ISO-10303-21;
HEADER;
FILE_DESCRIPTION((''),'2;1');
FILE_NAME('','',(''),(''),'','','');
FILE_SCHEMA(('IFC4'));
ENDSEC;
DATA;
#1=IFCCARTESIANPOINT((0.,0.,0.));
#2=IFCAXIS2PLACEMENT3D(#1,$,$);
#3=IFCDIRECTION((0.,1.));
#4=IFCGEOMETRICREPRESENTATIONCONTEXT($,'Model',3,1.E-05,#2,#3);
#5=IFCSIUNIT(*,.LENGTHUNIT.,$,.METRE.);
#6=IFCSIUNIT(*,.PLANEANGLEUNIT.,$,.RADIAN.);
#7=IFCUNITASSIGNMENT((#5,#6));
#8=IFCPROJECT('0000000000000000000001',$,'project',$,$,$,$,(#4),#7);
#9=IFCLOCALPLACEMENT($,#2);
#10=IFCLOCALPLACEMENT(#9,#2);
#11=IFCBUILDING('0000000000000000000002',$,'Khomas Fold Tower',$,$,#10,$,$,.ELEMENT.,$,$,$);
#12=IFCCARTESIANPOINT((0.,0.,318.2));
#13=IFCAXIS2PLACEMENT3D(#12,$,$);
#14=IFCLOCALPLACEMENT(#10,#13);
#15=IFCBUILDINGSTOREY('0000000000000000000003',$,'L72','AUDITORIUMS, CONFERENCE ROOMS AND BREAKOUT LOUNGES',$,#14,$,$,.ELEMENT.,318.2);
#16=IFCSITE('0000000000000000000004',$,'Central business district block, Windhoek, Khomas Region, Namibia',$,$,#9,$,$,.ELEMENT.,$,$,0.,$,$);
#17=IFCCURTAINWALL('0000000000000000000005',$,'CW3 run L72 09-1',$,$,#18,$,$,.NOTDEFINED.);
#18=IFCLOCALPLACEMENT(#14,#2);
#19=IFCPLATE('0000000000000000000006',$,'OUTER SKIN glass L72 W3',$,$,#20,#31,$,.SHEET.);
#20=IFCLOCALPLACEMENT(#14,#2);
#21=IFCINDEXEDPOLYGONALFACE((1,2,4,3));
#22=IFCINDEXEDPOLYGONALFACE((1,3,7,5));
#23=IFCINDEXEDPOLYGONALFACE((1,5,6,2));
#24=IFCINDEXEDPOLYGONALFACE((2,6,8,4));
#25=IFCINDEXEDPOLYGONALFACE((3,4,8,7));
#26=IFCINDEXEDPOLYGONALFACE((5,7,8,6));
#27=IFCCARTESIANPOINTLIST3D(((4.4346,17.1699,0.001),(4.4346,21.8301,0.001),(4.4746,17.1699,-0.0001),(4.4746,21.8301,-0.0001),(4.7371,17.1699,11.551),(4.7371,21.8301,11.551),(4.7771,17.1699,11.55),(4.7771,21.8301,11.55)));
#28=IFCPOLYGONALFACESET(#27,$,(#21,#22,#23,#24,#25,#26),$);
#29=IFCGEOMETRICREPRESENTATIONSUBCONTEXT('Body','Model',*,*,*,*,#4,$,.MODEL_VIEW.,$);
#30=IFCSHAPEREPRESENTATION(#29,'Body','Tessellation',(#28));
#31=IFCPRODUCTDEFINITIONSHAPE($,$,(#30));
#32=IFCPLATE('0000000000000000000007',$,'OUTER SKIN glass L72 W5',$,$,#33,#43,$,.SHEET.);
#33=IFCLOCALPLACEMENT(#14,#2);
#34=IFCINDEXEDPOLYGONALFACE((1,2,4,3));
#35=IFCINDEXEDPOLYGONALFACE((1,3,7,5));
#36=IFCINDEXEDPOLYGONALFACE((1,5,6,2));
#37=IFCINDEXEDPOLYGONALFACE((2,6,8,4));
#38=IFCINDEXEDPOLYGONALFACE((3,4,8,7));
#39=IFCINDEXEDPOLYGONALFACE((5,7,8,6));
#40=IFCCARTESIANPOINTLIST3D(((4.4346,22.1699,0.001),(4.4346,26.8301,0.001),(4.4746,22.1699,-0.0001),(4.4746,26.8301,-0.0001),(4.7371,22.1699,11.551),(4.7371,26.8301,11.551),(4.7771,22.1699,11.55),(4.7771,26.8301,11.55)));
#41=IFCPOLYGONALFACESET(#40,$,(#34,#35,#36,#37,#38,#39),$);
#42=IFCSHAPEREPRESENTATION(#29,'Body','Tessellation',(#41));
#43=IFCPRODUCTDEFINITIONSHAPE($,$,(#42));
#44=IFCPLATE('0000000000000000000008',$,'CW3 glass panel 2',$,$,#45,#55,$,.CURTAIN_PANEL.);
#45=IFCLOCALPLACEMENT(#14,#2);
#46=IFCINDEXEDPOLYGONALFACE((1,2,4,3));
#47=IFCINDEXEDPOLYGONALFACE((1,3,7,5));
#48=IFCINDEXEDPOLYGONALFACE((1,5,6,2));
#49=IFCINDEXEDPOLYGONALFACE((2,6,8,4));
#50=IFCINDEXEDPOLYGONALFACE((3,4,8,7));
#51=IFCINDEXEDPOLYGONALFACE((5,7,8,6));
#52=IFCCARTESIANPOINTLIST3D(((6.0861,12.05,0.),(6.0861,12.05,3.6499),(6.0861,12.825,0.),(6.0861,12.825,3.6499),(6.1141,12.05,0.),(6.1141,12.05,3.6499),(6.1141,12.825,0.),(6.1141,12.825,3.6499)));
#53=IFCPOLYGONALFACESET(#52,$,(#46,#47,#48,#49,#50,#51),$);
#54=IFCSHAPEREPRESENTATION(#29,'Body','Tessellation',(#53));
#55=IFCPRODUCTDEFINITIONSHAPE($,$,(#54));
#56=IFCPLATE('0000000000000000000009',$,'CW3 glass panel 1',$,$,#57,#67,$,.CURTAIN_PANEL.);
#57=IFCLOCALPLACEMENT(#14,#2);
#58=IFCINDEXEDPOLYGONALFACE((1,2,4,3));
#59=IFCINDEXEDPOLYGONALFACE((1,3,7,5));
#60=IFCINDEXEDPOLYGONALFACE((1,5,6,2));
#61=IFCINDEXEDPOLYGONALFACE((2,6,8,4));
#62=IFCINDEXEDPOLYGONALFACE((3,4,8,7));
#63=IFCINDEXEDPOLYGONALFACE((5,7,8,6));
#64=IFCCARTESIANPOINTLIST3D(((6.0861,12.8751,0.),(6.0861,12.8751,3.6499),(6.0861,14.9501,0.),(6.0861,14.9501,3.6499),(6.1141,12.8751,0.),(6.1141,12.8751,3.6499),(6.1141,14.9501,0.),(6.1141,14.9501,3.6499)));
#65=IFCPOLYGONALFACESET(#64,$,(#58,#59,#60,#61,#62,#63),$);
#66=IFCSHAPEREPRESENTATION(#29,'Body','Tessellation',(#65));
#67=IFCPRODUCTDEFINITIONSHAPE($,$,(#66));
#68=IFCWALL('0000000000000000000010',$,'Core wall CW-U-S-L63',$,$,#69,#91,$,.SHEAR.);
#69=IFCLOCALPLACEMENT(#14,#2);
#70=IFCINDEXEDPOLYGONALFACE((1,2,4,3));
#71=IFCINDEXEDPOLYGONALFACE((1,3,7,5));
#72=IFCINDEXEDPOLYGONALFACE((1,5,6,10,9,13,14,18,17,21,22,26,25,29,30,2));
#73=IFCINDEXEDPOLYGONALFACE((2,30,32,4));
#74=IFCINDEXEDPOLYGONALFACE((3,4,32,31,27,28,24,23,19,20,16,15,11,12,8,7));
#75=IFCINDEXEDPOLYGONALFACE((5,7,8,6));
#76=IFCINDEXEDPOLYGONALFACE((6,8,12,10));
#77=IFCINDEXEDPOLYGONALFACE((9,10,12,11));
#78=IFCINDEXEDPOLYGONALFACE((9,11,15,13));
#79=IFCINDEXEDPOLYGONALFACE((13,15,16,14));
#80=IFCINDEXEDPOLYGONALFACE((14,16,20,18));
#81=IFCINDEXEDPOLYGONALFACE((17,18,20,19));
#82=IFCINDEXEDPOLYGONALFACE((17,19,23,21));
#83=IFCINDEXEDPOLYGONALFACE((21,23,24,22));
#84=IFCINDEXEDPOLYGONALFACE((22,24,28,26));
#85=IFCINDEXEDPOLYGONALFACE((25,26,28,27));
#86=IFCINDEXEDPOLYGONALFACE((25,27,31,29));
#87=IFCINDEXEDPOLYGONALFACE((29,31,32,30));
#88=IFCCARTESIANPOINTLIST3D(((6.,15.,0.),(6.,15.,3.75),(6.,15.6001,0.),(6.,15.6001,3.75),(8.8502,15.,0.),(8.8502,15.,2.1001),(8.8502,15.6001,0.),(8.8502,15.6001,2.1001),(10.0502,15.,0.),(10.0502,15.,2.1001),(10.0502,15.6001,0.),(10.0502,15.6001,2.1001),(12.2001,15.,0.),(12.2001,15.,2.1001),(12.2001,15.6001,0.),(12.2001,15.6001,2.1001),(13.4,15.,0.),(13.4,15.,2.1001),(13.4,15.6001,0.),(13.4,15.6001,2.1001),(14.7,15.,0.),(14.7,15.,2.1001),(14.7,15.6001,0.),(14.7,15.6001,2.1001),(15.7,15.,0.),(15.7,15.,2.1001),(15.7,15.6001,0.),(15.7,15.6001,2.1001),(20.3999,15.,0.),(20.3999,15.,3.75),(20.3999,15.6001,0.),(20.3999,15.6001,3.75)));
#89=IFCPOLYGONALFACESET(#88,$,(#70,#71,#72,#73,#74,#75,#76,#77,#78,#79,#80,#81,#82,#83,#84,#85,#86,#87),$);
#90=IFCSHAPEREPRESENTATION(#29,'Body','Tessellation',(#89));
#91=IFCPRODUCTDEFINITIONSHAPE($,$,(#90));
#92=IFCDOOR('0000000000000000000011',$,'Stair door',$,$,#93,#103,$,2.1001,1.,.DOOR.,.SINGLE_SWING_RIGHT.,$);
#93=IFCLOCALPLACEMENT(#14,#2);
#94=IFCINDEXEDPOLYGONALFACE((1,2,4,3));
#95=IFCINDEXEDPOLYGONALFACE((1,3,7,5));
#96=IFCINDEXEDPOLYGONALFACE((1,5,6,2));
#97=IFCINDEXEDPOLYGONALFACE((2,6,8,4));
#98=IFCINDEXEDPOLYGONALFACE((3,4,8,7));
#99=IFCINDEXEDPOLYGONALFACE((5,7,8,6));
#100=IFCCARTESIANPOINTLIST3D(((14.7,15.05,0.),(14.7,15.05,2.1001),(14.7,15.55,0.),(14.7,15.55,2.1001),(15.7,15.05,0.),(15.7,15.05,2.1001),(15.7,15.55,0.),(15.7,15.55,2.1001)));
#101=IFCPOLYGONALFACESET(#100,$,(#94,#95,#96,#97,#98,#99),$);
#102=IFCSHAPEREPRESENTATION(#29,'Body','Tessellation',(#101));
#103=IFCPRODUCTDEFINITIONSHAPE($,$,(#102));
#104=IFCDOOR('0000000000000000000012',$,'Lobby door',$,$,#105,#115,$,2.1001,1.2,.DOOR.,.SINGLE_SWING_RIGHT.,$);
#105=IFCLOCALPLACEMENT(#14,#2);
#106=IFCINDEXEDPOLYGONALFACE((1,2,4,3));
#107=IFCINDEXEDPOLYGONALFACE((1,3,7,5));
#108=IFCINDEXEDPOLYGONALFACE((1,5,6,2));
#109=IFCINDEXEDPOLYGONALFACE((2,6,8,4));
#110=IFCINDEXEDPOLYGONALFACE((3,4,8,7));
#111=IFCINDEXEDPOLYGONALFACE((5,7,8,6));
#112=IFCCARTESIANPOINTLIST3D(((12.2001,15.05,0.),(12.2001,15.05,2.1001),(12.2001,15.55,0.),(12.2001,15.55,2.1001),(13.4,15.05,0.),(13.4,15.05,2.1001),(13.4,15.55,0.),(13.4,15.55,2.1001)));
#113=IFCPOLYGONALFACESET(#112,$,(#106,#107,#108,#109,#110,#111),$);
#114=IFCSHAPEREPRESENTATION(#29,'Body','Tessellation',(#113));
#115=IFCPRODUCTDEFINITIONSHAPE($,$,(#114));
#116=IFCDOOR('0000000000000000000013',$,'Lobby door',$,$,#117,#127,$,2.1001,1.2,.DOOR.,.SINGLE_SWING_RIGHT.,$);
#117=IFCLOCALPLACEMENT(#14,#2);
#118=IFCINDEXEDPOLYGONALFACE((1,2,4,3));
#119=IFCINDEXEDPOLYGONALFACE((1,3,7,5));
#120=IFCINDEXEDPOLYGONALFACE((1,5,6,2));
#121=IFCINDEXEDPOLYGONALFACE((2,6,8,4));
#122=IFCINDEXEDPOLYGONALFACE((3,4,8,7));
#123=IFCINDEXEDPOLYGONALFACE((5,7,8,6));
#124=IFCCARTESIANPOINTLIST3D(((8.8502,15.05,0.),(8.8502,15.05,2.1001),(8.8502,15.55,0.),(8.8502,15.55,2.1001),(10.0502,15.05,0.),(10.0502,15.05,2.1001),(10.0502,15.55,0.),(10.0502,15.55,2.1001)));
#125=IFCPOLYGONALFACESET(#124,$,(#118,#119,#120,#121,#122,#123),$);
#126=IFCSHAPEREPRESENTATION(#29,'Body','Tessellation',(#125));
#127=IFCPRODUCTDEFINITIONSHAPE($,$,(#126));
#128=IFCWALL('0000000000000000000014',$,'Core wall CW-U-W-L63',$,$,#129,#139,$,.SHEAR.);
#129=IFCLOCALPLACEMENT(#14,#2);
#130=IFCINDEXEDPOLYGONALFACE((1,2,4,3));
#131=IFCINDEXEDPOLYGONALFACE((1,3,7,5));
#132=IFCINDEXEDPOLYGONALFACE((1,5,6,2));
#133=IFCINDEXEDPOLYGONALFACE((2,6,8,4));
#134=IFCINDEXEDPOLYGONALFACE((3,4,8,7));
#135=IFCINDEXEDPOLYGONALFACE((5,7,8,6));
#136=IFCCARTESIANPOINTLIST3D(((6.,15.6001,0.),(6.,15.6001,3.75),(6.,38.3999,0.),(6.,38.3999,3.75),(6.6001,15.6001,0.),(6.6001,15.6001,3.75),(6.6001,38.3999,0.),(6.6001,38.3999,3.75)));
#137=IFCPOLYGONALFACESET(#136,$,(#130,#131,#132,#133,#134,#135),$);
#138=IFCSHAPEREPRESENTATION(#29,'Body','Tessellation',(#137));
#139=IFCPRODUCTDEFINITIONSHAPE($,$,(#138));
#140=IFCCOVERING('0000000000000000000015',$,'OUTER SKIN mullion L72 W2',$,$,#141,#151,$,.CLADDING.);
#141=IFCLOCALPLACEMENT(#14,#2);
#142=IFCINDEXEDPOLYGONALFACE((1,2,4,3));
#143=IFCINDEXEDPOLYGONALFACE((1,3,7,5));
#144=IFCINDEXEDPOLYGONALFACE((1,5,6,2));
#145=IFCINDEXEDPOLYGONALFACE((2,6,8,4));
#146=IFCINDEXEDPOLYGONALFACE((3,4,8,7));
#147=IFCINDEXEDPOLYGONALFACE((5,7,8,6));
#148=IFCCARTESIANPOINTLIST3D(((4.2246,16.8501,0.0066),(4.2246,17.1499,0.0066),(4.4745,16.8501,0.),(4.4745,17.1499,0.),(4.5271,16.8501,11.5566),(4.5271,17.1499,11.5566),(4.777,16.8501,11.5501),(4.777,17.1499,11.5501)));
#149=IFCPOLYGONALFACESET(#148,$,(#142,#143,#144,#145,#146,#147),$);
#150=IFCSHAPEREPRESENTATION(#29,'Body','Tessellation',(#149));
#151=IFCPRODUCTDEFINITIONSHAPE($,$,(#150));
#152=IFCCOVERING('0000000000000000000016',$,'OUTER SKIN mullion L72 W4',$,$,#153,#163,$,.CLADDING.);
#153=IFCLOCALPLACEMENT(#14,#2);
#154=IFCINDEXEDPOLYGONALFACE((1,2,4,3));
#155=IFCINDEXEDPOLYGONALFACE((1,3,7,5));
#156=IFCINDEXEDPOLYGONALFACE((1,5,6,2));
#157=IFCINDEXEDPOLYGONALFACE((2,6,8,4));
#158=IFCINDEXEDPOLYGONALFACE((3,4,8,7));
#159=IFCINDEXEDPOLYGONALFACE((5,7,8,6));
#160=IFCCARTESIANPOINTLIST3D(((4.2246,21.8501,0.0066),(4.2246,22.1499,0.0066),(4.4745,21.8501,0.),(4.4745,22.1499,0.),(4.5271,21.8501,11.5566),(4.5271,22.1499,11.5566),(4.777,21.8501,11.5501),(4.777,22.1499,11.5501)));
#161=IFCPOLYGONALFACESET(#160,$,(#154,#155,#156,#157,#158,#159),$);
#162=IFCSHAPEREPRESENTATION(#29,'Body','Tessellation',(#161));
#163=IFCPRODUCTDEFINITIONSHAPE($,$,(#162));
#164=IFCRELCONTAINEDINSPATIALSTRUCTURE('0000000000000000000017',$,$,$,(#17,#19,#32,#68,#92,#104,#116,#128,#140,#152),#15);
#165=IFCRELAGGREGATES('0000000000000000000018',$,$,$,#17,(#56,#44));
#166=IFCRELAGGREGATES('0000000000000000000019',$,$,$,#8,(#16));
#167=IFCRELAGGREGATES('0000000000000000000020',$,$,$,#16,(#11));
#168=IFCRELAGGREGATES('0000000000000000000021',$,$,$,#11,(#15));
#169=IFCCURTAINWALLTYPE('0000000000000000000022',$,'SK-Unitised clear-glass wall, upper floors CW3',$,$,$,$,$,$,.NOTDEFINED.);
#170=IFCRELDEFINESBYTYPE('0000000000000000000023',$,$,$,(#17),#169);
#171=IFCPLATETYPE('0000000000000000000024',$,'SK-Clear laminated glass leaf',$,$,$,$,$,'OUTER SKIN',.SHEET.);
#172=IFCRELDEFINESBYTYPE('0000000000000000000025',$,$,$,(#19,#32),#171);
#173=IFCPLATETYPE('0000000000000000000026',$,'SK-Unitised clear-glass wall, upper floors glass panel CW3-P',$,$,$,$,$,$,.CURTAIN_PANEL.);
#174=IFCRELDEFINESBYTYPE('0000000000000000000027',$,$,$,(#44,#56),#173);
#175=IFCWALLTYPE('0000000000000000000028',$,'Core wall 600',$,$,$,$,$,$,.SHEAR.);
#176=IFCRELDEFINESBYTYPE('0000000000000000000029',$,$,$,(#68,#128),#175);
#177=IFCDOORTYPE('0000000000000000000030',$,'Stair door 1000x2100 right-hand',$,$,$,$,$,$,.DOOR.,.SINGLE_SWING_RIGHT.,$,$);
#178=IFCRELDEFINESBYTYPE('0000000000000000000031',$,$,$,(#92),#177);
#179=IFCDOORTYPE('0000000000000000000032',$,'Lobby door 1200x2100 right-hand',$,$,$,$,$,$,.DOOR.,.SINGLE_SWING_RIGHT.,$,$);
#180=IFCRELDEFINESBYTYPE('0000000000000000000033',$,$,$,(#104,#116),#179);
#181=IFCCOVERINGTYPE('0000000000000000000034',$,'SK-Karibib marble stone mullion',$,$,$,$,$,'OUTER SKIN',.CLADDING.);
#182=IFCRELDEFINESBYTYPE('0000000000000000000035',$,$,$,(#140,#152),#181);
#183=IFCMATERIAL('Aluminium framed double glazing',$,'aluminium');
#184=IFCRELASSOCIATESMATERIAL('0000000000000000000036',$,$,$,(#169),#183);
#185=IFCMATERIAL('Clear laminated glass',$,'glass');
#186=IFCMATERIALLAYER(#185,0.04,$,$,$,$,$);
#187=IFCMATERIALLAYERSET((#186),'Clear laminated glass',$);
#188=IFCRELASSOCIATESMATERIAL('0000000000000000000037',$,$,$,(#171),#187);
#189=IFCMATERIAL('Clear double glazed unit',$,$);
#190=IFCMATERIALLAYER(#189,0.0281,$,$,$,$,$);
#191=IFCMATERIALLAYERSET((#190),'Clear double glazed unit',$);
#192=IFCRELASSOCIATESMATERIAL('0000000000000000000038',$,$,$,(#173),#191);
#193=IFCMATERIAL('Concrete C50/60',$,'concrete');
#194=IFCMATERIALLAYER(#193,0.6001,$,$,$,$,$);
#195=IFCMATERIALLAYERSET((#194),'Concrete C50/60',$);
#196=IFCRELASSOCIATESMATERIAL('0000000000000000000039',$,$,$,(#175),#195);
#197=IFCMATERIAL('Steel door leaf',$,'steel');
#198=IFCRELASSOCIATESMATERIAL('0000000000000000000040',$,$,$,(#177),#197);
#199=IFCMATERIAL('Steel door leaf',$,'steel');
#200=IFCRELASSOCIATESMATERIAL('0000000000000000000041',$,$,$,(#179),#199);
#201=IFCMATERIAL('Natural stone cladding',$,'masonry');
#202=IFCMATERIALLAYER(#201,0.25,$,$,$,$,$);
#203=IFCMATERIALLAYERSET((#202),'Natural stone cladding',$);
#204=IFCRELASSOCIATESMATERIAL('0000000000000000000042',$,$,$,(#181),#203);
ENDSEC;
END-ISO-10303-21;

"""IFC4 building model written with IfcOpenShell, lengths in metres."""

from ifc_helpers import new_model, si_unit, direction, frame, frame_2d, origin, origin_2d, place, context, subcontext, project, spatial, polyline, rectangle, outline, extrude, source, transform, mapped, material, layer, layer_set, type_object, element, fill, aggregate, save


model = new_model("IFC4")

# Units and contexts
model_context = context("Model", 3, precision=1e-05, world=origin(), true_north=direction((0.0, 1.0)))
body_context = subcontext(model_context, "Body", "Model", "MODEL_VIEW")
ifc_project = project(units=[si_unit("LENGTHUNIT", "METRE"), si_unit("PLANEANGLEUNIT", "RADIAN")], contexts=[model_context])

# Site, building, storey
site_placement = place(None, origin())
site = spatial("IfcSite", under=ifc_project, at=site_placement, Name="Central business district block, Windhoek, Khomas Region, Namibia", CompositionType="ELEMENT", RefElevation=0.0)
building_placement = place(site_placement, origin())
building = spatial("IfcBuilding", under=site, at=building_placement, Name="Khomas Fold Tower", CompositionType="ELEMENT")
storey_placement = place(building_placement, frame((0.0, 0.0, 318.2)))
storey = spatial("IfcBuildingStorey", under=building, at=storey_placement, Name="L72", Description="AUDITORIUMS, CONFERENCE ROOMS AND BREAKOUT LOUNGES", CompositionType="ELEMENT", Elevation=318.2)

# Curtain wall
ifc_material_1 = material(Name="Aluminium framed double glazing", Category="aluminium")
curtain_wall_type = type_object("IfcCurtainWallType", Name="SK-Unitised clear-glass wall, upper floors CW3", PredefinedType="NOTDEFINED", material=ifc_material_1)
curtain_wall_1_placement = place(storey_placement, origin())
curtain_wall_1 = element("IfcCurtainWall", 1, at=curtain_wall_1_placement, inside=storey, type_object=curtain_wall_type, Name="CW3 run L72 09-1", PredefinedType="NOTDEFINED")

# Plates
ifc_material_2 = material(Name="Clear laminated glass", Category="glass")
ifc_layer_1 = layer(ifc_material_2, 0.04)
ifc_layer_set_1 = layer_set([ifc_layer_1], Name="Clear laminated glass")
plate_type_1 = type_object("IfcPlateType", Name="SK-Clear laminated glass leaf", ElementType="OUTER SKIN", PredefinedType="SHEET", material=ifc_layer_set_1)
for number, where, z_axis, x_axis, name in (
    (2, (4.4346, 17.1699, 0.001), (-0.999657, 0.0, 0.026181), (0.0, 1.0, 0.0), "OUTER SKIN glass L72 W3"),
    (3, (4.4346, 22.1699, 0.001), (-0.999657, 0.0, 0.026181), (0.0, 1.0, 0.0), "OUTER SKIN glass L72 W5"),
):
    element("IfcPlate", number, at=place(storey_placement, frame(where, z_axis=z_axis, x_axis=x_axis)), inside=storey, type_object=plate_type_1, Name=name, PredefinedType="SHEET", context=body_context, shape_type="SweptSolid", body=[
        extrude(outline(polyline([(0.0, 0.0), (4.6602, 0.0), (4.6602, -11.554), (0.0, -11.554), (0.0, 0.0)])), origin(), (0.0, 0.0, -1.0), 0.04),
    ])

# Plates
ifc_material_3 = material(Name="Clear double glazed unit")
ifc_layer_2 = layer(ifc_material_3, 0.0281)
ifc_layer_set_2 = layer_set([ifc_layer_2], Name="Clear double glazed unit")
plate_type_2 = type_object("IfcPlateType", Name="SK-Unitised clear-glass wall, upper floors glass panel CW3-P", PredefinedType="CURTAIN_PANEL", material=ifc_layer_set_2)
shared_shape_1 = source(origin(), body_context, "Body", "SweptSolid", [
    extrude(rectangle(XDim=0.7749, YDim=0.0281, at=origin_2d()), origin(), (0.0, 0.0, 1.0), 3.6499),
])
plate_1_placement = place(storey_placement, frame((6.1001, 12.4375, 0.0), z_axis=(0.0, 0.0, 1.0), x_axis=(0.0, -1.0, 0.0)))
plate_1 = element("IfcPlate", 4, at=plate_1_placement, type_object=plate_type_2, Name="CW3 glass panel 2", PredefinedType="CURTAIN_PANEL", context=body_context, shape_type="MappedRepresentation", body=[
    mapped(shared_shape_1, transform((0.0, 0.0, 0.0))),
])
shared_shape_2 = source(origin(), body_context, "Body", "SweptSolid", [
    extrude(rectangle(XDim=2.075, YDim=0.0281, at=origin_2d()), origin(), (0.0, 0.0, 1.0), 3.6499),
])
plate_2_placement = place(storey_placement, frame((6.1001, 13.9126, 0.0), z_axis=(0.0, 0.0, 1.0), x_axis=(0.0, -1.0, 0.0)))
plate_2 = element("IfcPlate", 5, at=plate_2_placement, type_object=plate_type_2, Name="CW3 glass panel 1", PredefinedType="CURTAIN_PANEL", context=body_context, shape_type="MappedRepresentation", body=[
    mapped(shared_shape_2, transform((0.0, 0.0, 0.0))),
])
aggregate(curtain_wall_1, [plate_2, plate_1])

# Wall, openings, doors
ifc_material_4 = material(Name="Concrete C50/60", Category="concrete")
ifc_layer_3 = layer(ifc_material_4, 0.6001)
ifc_layer_set_3 = layer_set([ifc_layer_3], Name="Concrete C50/60")
wall_type = type_object("IfcWallType", Name="Core wall 600", PredefinedType="SHEAR", material=ifc_layer_set_3)
shared_shape_3 = source(origin(), body_context, "Body", "SweptSolid", [
    extrude(rectangle(XDim=14.3999, YDim=0.6001, at=frame_2d((7.2, 0.0))), origin(), (0.0, 0.0, 1.0), 3.75),
])
wall_1_placement = place(storey_placement, frame((6.0, 15.3, 0.0), z_axis=(0.0, 0.0, 1.0), x_axis=(1.0, 0.0, 0.0)))
wall_1 = element("IfcWall", 6, at=wall_1_placement, inside=storey, type_object=wall_type, Name="Core wall CW-U-S-L63", PredefinedType="SHEAR", context=body_context, shape_type="MappedRepresentation", body=[
    mapped(shared_shape_3, transform((0.0, 0.0, 0.0))),
])
shared_shape_4 = source(origin(), body_context, "Body", "SweptSolid", [
    extrude(rectangle(XDim=1.2, YDim=2.1001, at=frame_2d((0.6001, 1.05))), frame((0.0, 0.3101, 0.0), z_axis=(0.0, -1.0, 0.0), x_axis=(1.0, 0.0, 0.0)), (0.0, 0.0, 1.0), 0.6201),
])
opening_1_placement = place(wall_1_placement, frame((6.2, 0.0, 0.0)))
opening_1 = element("IfcOpeningElement", 7, at=opening_1_placement, cuts=wall_1, PredefinedType="OPENING", context=body_context, shape_type="MappedRepresentation", body=[
    mapped(shared_shape_4, transform((0.0, 0.0, 0.0))),
])
opening_2_placement = place(wall_1_placement, frame((2.8501, 0.0, 0.0)))
opening_2 = element("IfcOpeningElement", 8, at=opening_2_placement, cuts=wall_1, PredefinedType="OPENING", context=body_context, shape_type="MappedRepresentation", body=[
    mapped(shared_shape_4, transform((0.0, 0.0, 0.0))),
])
shared_shape_5 = source(origin(), body_context, "Body", "SweptSolid", [
    extrude(rectangle(XDim=1.0, YDim=2.1001, at=frame_2d((0.5, 1.05))), frame((0.0, 0.3101, 0.0), z_axis=(0.0, -1.0, 0.0), x_axis=(1.0, 0.0, 0.0)), (0.0, 0.0, 1.0), 0.6201),
])
opening_3_placement = place(wall_1_placement, frame((8.7, 0.0, 0.0)))
opening_3 = element("IfcOpeningElement", 9, at=opening_3_placement, cuts=wall_1, PredefinedType="OPENING", context=body_context, shape_type="MappedRepresentation", body=[
    mapped(shared_shape_5, transform((0.0, 0.0, 0.0))),
])
ifc_material_5 = material(Name="Steel door leaf", Category="steel")
door_type_1 = type_object("IfcDoorType", Name="Stair door 1000x2100 right-hand", OperationType="SINGLE_SWING_RIGHT", PredefinedType="DOOR", material=ifc_material_5)
shared_shape_6 = source(origin(), body_context, "Body", "SweptSolid", [
    extrude(rectangle(XDim=1.0, YDim=2.1001, at=frame_2d((0.5, 1.05))), frame((0.0, 0.25, 0.0), z_axis=(0.0, -1.0, 0.0), x_axis=(1.0, 0.0, 0.0)), (0.0, 0.0, 1.0), 0.5),
])
door_1_placement = place(opening_3_placement, origin())
door_1 = element("IfcDoor", 10, at=door_1_placement, inside=storey, type_object=door_type_1, Name="Stair door", OperationType="SINGLE_SWING_RIGHT", OverallHeight=2.1001, OverallWidth=1.0, PredefinedType="DOOR", context=body_context, shape_type="MappedRepresentation", body=[
    mapped(shared_shape_6, transform((0.0, 0.0, 0.0))),
])
fill(opening_3, door_1)
ifc_material_6 = material(Name="Steel door leaf", Category="steel")
door_type_2 = type_object("IfcDoorType", Name="Lobby door 1200x2100 right-hand", OperationType="SINGLE_SWING_RIGHT", PredefinedType="DOOR", material=ifc_material_6)
shared_shape_7 = source(origin(), body_context, "Body", "SweptSolid", [
    extrude(rectangle(XDim=1.2, YDim=2.1001, at=frame_2d((0.6001, 1.05))), frame((0.0, 0.25, 0.0), z_axis=(0.0, -1.0, 0.0), x_axis=(1.0, 0.0, 0.0)), (0.0, 0.0, 1.0), 0.5),
])
door_2_placement = place(opening_1_placement, origin())
door_2 = element("IfcDoor", 11, at=door_2_placement, inside=storey, type_object=door_type_2, Name="Lobby door", OperationType="SINGLE_SWING_RIGHT", OverallHeight=2.1001, OverallWidth=1.2, PredefinedType="DOOR", context=body_context, shape_type="MappedRepresentation", body=[
    mapped(shared_shape_7, transform((0.0, 0.0, 0.0))),
])
fill(opening_1, door_2)
door_3_placement = place(opening_2_placement, origin())
door_3 = element("IfcDoor", 12, at=door_3_placement, inside=storey, type_object=door_type_2, Name="Lobby door", OperationType="SINGLE_SWING_RIGHT", OverallHeight=2.1001, OverallWidth=1.2, PredefinedType="DOOR", context=body_context, shape_type="MappedRepresentation", body=[
    mapped(shared_shape_7, transform((0.0, 0.0, 0.0))),
])
fill(opening_2, door_3)

# Wall
shared_shape_8 = source(origin(), body_context, "Body", "SweptSolid", [
    extrude(rectangle(XDim=22.7998, YDim=0.6001, at=frame_2d((11.3999, 0.0))), origin(), (0.0, 0.0, 1.0), 3.75),
])
wall_2_placement = place(storey_placement, frame((6.3, 15.6001, 0.0), z_axis=(0.0, 0.0, 1.0), x_axis=(0.0, 1.0, 0.0)))
element("IfcWall", 13, at=wall_2_placement, inside=storey, type_object=wall_type, Name="Core wall CW-U-W-L63", PredefinedType="SHEAR", context=body_context, shape_type="MappedRepresentation", body=[
    mapped(shared_shape_8, transform((0.0, 0.0, 0.0))),
])

# Coverings
ifc_material_7 = material(Name="Natural stone cladding", Category="masonry")
ifc_layer_4 = layer(ifc_material_7, 0.25)
ifc_layer_set_4 = layer_set([ifc_layer_4], Name="Natural stone cladding")
covering_type = type_object("IfcCoveringType", Name="SK-Karibib marble stone mullion", ElementType="OUTER SKIN", PredefinedType="CLADDING", material=ifc_layer_set_4)
for number, where, z_axis, x_axis, name in (
    (14, (4.2246, 16.8501, 0.0066), (-0.999657, 0.0, 0.026181), (0.0, 1.0, 0.0), "OUTER SKIN mullion L72 W2"),
    (15, (4.2246, 21.8501, 0.0066), (-0.999657, 0.0, 0.026181), (0.0, 1.0, 0.0), "OUTER SKIN mullion L72 W4"),
):
    element("IfcCovering", number, at=place(storey_placement, frame(where, z_axis=z_axis, x_axis=x_axis)), inside=storey, type_object=covering_type, Name=name, PredefinedType="CLADDING", context=body_context, shape_type="SweptSolid", body=[
        extrude(outline(polyline([(0.0, 0.0), (0.2998, 0.0), (0.2998, -11.554), (0.0, -11.554), (0.0, 0.0)])), origin(), (0.0, 0.0, -1.0), 0.25),
    ])

save(model, "model.ifc")
